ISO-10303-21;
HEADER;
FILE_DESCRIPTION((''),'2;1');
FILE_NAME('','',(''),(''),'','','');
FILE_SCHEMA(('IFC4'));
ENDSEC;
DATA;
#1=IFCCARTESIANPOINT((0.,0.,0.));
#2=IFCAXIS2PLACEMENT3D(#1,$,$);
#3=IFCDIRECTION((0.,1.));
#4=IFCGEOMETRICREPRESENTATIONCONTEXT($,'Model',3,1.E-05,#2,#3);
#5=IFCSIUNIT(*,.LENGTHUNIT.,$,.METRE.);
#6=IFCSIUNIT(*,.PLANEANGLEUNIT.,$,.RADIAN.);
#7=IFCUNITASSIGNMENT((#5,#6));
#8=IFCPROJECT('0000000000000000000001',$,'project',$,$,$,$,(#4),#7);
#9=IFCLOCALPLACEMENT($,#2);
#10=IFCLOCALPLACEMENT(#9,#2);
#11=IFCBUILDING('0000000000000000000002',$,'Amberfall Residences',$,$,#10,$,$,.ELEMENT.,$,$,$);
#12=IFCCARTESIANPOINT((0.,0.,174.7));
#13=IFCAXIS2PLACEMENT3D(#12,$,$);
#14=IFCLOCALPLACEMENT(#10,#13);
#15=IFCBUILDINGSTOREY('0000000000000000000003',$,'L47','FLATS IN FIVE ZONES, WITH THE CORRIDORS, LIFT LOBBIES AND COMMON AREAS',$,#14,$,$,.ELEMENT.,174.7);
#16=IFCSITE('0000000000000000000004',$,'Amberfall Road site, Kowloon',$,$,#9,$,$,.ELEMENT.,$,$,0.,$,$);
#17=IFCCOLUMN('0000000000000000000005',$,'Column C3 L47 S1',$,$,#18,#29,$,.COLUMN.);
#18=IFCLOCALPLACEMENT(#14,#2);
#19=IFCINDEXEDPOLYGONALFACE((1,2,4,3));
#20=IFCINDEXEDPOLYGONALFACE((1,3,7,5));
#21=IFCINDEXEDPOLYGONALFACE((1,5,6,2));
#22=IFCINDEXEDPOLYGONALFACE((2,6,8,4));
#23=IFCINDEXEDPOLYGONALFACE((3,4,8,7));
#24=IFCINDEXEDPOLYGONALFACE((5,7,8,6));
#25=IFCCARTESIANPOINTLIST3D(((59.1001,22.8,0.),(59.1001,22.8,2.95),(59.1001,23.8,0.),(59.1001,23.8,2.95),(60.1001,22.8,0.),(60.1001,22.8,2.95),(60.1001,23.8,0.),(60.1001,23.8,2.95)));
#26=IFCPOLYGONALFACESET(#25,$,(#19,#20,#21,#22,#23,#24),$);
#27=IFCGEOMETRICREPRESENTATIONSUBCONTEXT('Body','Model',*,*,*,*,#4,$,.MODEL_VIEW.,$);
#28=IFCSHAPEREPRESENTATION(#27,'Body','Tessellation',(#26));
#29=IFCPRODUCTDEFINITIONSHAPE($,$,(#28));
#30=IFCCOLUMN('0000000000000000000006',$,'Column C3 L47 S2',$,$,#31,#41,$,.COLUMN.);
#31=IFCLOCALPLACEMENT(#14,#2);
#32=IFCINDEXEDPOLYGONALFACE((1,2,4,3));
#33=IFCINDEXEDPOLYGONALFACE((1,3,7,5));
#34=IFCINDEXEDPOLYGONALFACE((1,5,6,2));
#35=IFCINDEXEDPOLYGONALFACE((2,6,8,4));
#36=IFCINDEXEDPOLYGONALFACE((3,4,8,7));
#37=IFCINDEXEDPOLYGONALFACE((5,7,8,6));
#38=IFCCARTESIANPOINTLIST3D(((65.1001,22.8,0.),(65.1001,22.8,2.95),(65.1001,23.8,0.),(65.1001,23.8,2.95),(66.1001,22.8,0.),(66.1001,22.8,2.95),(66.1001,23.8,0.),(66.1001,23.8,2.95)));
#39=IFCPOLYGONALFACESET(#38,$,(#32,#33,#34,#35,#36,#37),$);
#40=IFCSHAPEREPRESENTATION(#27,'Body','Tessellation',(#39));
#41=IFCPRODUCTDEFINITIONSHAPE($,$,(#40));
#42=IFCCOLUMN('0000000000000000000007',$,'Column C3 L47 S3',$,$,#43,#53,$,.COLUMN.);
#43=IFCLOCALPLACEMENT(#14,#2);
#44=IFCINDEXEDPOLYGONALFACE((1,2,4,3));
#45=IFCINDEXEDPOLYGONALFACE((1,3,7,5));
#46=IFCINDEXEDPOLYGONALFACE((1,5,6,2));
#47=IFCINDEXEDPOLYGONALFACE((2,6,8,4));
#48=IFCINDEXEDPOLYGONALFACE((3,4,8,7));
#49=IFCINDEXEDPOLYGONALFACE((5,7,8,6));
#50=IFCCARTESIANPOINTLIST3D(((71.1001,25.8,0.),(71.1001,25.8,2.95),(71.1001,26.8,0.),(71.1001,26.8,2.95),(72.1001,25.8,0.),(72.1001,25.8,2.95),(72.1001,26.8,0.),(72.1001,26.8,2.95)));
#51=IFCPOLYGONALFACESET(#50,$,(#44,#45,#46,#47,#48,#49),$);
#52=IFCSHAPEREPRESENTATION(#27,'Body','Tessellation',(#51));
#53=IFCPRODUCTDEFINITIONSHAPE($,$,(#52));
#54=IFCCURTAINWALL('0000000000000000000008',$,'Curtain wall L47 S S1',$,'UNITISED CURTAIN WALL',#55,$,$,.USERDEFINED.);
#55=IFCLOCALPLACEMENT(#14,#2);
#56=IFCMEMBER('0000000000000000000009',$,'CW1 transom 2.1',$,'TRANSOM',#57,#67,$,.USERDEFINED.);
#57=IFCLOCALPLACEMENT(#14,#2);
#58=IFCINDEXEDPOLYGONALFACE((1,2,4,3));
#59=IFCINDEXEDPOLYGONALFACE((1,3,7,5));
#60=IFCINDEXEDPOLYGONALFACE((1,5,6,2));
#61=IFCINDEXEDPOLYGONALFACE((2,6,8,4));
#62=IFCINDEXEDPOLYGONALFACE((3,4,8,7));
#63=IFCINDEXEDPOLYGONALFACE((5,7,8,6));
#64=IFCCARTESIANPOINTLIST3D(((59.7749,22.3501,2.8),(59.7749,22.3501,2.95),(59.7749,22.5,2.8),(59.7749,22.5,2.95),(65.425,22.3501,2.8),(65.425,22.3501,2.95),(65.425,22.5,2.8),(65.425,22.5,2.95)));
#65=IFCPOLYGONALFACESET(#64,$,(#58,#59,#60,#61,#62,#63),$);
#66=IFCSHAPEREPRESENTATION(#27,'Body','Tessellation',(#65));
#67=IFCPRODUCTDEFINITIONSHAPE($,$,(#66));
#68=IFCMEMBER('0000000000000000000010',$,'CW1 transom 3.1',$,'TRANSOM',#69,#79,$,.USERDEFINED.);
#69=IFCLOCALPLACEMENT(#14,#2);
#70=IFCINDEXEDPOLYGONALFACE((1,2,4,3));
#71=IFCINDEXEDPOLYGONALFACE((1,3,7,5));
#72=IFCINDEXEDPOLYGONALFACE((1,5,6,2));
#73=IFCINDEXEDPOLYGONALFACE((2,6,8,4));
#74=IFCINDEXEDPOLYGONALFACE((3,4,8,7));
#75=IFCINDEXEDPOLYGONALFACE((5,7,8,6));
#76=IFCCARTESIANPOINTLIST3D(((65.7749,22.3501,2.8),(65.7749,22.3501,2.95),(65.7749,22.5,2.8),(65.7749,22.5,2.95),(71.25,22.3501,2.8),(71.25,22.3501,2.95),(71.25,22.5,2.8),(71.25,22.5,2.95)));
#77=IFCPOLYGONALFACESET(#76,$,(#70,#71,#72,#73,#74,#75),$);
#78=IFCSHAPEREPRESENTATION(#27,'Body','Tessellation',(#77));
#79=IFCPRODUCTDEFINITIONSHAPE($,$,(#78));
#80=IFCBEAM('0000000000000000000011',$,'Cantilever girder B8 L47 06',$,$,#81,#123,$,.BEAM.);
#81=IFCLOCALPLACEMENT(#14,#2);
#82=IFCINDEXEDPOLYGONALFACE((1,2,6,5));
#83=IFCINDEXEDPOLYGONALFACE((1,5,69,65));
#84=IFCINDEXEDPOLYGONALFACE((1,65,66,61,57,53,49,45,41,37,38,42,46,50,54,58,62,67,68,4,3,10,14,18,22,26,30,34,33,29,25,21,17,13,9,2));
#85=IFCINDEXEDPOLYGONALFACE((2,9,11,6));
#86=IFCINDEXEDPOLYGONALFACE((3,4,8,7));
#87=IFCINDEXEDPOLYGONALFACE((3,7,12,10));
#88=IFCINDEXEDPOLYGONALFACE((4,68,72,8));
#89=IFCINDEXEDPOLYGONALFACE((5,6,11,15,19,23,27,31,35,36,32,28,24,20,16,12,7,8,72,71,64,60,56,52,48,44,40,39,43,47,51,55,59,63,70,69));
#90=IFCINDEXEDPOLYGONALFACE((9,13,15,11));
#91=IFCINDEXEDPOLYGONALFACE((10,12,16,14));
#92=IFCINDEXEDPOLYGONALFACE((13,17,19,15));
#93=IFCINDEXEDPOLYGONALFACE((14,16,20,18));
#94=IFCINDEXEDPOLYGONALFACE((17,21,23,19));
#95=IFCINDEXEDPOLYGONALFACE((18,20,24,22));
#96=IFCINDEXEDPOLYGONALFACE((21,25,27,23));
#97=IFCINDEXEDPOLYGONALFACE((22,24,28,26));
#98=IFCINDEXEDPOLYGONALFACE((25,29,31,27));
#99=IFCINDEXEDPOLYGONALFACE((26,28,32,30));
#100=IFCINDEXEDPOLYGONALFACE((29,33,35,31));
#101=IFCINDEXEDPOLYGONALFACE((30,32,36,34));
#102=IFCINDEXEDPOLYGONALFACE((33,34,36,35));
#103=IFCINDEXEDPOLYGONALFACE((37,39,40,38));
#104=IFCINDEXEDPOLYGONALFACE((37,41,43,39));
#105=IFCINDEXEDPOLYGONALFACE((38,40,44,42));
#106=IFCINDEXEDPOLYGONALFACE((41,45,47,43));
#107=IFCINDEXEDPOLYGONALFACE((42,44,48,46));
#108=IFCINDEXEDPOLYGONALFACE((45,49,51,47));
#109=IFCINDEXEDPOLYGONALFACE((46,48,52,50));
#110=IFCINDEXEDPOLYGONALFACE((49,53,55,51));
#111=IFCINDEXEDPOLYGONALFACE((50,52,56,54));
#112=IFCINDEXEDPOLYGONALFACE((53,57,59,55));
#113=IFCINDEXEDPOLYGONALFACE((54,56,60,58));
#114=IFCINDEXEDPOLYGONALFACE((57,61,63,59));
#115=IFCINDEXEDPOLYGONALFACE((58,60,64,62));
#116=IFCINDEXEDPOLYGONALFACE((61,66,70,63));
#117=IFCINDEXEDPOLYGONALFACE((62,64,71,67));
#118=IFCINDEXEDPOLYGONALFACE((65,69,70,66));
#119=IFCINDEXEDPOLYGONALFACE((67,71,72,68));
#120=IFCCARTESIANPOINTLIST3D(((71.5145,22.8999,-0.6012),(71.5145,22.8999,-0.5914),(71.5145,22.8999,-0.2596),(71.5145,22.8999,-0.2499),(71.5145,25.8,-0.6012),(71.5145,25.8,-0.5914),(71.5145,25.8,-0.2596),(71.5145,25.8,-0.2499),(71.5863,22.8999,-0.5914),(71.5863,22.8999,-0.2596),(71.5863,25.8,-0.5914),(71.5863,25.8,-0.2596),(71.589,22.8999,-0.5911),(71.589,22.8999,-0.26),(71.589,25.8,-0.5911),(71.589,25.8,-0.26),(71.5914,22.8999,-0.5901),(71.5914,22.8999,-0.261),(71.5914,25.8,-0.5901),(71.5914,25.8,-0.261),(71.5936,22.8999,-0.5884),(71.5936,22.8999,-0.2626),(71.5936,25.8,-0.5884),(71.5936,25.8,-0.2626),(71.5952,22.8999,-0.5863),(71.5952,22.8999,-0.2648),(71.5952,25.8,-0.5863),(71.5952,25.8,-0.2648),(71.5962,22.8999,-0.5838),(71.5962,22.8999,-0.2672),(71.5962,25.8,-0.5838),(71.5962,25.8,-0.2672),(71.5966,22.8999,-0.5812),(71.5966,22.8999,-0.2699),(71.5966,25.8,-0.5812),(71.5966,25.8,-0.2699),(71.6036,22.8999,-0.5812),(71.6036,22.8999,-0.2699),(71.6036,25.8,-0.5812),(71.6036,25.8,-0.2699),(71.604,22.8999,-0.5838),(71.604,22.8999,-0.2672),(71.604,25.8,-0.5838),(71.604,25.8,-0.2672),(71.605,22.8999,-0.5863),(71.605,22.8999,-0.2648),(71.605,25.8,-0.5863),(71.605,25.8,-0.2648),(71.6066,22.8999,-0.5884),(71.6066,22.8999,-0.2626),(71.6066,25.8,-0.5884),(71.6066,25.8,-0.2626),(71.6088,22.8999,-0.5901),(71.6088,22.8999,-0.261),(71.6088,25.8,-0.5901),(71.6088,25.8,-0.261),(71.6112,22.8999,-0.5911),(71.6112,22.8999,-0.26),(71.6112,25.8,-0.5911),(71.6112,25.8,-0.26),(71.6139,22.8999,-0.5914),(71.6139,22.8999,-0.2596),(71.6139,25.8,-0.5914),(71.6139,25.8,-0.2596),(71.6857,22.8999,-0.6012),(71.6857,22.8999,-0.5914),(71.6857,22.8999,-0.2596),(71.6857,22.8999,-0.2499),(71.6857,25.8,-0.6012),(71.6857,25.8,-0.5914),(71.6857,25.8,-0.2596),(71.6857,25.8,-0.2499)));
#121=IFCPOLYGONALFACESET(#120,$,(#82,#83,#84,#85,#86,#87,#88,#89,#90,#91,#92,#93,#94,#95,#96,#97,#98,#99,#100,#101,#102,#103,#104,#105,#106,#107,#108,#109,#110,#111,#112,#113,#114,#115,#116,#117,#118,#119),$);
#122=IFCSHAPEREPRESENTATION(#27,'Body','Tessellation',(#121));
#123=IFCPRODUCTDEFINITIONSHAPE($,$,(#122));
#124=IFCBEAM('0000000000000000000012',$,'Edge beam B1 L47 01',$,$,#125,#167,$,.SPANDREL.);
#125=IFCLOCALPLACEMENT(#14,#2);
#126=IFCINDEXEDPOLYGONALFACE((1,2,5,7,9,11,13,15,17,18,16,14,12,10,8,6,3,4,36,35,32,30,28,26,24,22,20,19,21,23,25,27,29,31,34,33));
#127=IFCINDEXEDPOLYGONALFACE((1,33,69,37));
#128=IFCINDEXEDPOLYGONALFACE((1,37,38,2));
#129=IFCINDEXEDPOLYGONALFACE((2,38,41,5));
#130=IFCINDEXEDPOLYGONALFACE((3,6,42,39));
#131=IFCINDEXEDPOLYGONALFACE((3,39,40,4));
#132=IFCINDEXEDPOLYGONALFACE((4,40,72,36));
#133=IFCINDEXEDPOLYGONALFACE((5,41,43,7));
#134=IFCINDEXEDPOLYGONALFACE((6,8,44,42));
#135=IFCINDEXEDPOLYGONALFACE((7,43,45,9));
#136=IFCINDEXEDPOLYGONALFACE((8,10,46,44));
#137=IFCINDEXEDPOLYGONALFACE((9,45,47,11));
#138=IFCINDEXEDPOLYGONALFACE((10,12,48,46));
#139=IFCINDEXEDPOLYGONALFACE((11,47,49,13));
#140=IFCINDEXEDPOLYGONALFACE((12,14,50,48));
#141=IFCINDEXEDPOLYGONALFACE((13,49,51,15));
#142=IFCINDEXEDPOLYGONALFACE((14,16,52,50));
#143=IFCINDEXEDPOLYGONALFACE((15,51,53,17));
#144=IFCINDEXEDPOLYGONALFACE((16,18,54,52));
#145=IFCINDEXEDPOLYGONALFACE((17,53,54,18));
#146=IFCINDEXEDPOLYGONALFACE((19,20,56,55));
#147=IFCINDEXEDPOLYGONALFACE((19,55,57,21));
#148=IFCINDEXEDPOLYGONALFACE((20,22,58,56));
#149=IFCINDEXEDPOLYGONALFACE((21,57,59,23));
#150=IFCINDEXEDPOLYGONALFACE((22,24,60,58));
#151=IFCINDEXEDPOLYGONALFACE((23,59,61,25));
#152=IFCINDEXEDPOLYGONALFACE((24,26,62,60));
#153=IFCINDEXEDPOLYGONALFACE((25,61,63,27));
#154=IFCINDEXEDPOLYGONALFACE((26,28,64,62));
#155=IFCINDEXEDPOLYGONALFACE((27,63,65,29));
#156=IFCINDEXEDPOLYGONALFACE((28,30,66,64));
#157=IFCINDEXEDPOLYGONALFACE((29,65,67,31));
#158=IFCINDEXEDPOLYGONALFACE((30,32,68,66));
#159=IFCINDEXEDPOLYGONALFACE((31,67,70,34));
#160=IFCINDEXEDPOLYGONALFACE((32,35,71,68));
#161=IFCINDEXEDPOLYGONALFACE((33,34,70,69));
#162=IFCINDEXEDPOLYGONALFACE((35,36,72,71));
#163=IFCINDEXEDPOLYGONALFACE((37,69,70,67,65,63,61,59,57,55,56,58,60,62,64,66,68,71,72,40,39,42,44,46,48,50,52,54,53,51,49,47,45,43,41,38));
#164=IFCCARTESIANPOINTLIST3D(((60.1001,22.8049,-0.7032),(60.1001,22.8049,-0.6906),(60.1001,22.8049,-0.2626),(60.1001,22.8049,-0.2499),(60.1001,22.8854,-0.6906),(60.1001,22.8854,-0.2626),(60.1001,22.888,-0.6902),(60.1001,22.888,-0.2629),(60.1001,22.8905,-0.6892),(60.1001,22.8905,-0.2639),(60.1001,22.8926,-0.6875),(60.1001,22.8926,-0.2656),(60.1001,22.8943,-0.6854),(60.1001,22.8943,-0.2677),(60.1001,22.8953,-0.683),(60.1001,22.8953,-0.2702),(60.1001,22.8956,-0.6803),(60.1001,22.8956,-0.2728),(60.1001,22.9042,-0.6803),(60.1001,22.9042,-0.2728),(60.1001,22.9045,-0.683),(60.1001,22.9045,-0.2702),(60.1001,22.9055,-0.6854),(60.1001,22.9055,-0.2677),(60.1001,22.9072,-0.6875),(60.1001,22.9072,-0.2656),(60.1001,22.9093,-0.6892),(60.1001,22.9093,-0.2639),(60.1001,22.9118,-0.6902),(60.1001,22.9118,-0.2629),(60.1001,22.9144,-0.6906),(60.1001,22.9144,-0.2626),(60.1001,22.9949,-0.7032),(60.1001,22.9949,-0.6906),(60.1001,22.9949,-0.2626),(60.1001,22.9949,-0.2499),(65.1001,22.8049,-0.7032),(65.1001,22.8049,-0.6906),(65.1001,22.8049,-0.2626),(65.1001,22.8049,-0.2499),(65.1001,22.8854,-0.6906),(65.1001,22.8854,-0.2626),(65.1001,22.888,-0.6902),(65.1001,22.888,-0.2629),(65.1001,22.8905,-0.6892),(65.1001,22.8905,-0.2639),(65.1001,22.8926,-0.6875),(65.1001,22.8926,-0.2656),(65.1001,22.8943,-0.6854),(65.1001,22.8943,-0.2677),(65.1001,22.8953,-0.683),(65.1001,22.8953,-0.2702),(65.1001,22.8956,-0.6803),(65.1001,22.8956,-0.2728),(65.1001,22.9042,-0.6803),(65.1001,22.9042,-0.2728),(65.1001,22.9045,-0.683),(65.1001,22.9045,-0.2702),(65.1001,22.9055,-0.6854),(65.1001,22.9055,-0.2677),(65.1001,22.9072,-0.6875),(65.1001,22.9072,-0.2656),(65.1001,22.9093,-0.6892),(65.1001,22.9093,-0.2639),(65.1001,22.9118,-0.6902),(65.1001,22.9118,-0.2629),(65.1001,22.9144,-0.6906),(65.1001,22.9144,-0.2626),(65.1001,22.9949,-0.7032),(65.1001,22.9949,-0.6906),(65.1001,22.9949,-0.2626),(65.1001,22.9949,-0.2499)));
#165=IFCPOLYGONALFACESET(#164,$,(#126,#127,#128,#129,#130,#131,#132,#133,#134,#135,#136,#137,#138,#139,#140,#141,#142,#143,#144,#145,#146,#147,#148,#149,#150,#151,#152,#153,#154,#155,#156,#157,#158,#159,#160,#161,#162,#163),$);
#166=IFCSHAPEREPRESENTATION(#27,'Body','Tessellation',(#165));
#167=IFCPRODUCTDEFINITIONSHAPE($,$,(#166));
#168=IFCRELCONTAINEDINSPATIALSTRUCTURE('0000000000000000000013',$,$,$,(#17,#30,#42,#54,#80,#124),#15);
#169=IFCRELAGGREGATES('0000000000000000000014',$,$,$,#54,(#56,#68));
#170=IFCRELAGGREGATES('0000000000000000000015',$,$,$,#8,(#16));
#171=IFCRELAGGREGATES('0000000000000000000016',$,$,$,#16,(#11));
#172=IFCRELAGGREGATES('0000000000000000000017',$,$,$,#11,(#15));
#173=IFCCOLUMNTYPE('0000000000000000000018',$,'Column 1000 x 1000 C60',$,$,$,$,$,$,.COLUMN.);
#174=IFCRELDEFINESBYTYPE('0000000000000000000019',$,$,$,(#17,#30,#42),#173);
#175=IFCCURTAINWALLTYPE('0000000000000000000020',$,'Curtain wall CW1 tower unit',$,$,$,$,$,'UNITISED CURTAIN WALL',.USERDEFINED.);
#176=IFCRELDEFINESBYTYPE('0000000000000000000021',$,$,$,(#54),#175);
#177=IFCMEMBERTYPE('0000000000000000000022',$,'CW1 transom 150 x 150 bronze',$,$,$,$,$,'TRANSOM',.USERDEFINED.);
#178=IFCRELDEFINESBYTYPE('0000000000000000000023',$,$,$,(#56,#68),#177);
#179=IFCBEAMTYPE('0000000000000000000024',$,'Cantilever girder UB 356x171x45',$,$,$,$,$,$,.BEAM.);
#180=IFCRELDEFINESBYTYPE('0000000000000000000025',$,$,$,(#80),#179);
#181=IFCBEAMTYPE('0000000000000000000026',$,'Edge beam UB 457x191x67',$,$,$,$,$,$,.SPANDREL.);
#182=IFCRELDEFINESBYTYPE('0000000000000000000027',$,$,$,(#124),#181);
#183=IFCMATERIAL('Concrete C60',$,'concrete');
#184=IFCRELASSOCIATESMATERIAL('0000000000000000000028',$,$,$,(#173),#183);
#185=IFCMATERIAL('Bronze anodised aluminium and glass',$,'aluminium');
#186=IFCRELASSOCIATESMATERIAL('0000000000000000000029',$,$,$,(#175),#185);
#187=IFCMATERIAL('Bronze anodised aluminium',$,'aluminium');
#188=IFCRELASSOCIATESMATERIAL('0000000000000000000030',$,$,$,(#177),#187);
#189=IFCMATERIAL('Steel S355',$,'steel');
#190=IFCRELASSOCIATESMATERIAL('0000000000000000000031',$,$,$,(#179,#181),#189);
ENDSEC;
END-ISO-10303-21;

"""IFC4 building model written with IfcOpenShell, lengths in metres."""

from ifc_helpers import new_model, si_unit, direction, frame, origin, origin_2d, place, context, subcontext, project, spatial, rectangle, i_section, extrude, material, material_profile, profile_set, type_object, element, aggregate, save


model = new_model("IFC4")

# Units and contexts
model_context = context("Model", 3, precision=1e-05, world=origin(), true_north=direction((0.0, 1.0)))
body_context = subcontext(model_context, "Body", "Model", "MODEL_VIEW")
ifc_project = project(units=[si_unit("LENGTHUNIT", "METRE"), si_unit("PLANEANGLEUNIT", "RADIAN")], contexts=[model_context])

# Site, building, storey
site_placement = place(None, origin())
site = spatial("IfcSite", under=ifc_project, at=site_placement, Name="Amberfall Road site, Kowloon", CompositionType="ELEMENT", RefElevation=0.0)
building_placement = place(site_placement, origin())
building = spatial("IfcBuilding", under=site, at=building_placement, Name="Amberfall Residences", CompositionType="ELEMENT")
storey_placement = place(building_placement, frame((0.0, 0.0, 174.7)))
storey = spatial("IfcBuildingStorey", under=building, at=storey_placement, Name="L47", Description="FLATS IN FIVE ZONES, WITH THE CORRIDORS, LIFT LOBBIES AND COMMON AREAS", CompositionType="ELEMENT", Elevation=174.7)

# Columns
ifc_material_1 = material(Name="Concrete C60", Category="concrete")
ifc_material_profile_1 = material_profile(ifc_material_1, rectangle(XDim=1.0, YDim=1.0, at=origin_2d()), Name="Column 1000 x 1000 C60")
ifc_profile_set_1 = profile_set([ifc_material_profile_1], Name="Concrete C60")
column_type = type_object("IfcColumnType", Name="Column 1000 x 1000 C60", PredefinedType="COLUMN", material=ifc_profile_set_1)
for number, where, z_axis, x_axis, name in (
    (1, (59.6001, 23.3, 0.0), (0.0, 0.0, 1.0), (1.0, 0.0, 0.0), "Column C3 L47 S1"),
    (2, (65.6001, 23.3, 0.0), (0.0, 0.0, 1.0), (1.0, 0.0, 0.0), "Column C3 L47 S2"),
    (3, (71.6001, 26.3, 0.0), (0.0, 0.0, 1.0), (1.0, 0.0, 0.0), "Column C3 L47 S3"),
):
    element("IfcColumn", number, at=place(storey_placement, frame(where, z_axis=z_axis, x_axis=x_axis)), inside=storey, type_object=column_type, Name=name, PredefinedType="COLUMN", context=body_context, shape_type="SweptSolid", body=[
        extrude(rectangle(XDim=1.0, YDim=1.0, at=origin_2d()), origin(), (0.0, 0.0, 1.0), 2.95),
    ])

# Curtain wall, members
ifc_material_2 = material(Name="Bronze anodised aluminium and glass", Category="aluminium")
curtain_wall_type = type_object("IfcCurtainWallType", Name="Curtain wall CW1 tower unit", ElementType="UNITISED CURTAIN WALL", PredefinedType="USERDEFINED", material=ifc_material_2)
curtain_wall_placement = place(storey_placement, origin())
curtain_wall = element("IfcCurtainWall", 4, at=curtain_wall_placement, inside=storey, type_object=curtain_wall_type, Name="Curtain wall L47 S S1", ObjectType="UNITISED CURTAIN WALL", PredefinedType="USERDEFINED")
ifc_material_3 = material(Name="Bronze anodised aluminium", Category="aluminium")
ifc_material_profile_2 = material_profile(ifc_material_3, rectangle(XDim=0.1499, YDim=0.1499, at=origin_2d()), Name="CW1 transom 150 x 150 bronze")
ifc_profile_set_2 = profile_set([ifc_material_profile_2], Name="Bronze anodised aluminium")
member_type_1 = type_object("IfcMemberType", Name="CW1 transom 150 x 150 bronze", ElementType="TRANSOM", PredefinedType="USERDEFINED", material=ifc_profile_set_2)
member_1_placement = place(storey_placement, frame((59.7749, 22.425, 2.875), z_axis=(1.0, 0.0, 0.0), x_axis=(0.0, 1.0, 0.0)))
member_1 = element("IfcMember", 5, at=member_1_placement, type_object=member_type_1, Name="CW1 transom 2.1", ObjectType="TRANSOM", PredefinedType="USERDEFINED", context=body_context, shape_type="SweptSolid", body=[
    extrude(rectangle(XDim=0.1499, YDim=0.1499, at=origin_2d()), origin(), (0.0, 0.0, 1.0), 5.6501),
])
member_2_placement = place(storey_placement, frame((65.7749, 22.425, 2.875), z_axis=(1.0, 0.0, 0.0), x_axis=(0.0, 1.0, 0.0)))
member_2 = element("IfcMember", 6, at=member_2_placement, type_object=member_type_1, Name="CW1 transom 3.1", ObjectType="TRANSOM", PredefinedType="USERDEFINED", context=body_context, shape_type="SweptSolid", body=[
    extrude(rectangle(XDim=0.1499, YDim=0.1499, at=origin_2d()), origin(), (0.0, 0.0, 1.0), 5.4751),
])

# Beams
ifc_material_4 = material(Name="Steel S355", Category="steel")
ifc_material_profile_3 = material_profile(ifc_material_4, i_section(OverallWidth=0.1711, OverallDepth=0.3513, WebThickness=0.0071, FlangeThickness=0.0098, FilletRadius=0.0103, at=origin_2d()), Name="UB 356x171x45")
ifc_profile_set_3 = profile_set([ifc_material_profile_3], Name="Steel S355")
beam_type_1 = type_object("IfcBeamType", Name="Cantilever girder UB 356x171x45", PredefinedType="BEAM", material=ifc_profile_set_3)
beam_1_placement = place(storey_placement, frame((71.6001, 25.8, -0.4255), z_axis=(0.0, -1.0, 0.0), x_axis=(1.0, 0.0, 0.0)))
element("IfcBeam", 7, at=beam_1_placement, inside=storey, type_object=beam_type_1, Name="Cantilever girder B8 L47 06", PredefinedType="BEAM", context=body_context, shape_type="SweptSolid", body=[
    extrude(i_section(OverallWidth=0.1711, OverallDepth=0.3513, WebThickness=0.0071, FlangeThickness=0.0098, FilletRadius=0.0103, at=origin_2d()), origin(), (0.0, 0.0, 1.0), 2.9001),
])
ifc_material_profile_4 = material_profile(ifc_material_4, i_section(OverallWidth=0.1899, OverallDepth=0.4534, WebThickness=0.0085, FlangeThickness=0.0127, FilletRadius=0.0103, at=origin_2d()), Name="UB 457x191x67")
ifc_profile_set_4 = profile_set([ifc_material_profile_4], Name="Steel S355")
beam_type_2 = type_object("IfcBeamType", Name="Edge beam UB 457x191x67", PredefinedType="SPANDREL", material=ifc_profile_set_4)
beam_2_placement = place(storey_placement, frame((60.1001, 22.8999, -0.4766), z_axis=(1.0, 0.0, 0.0), x_axis=(0.0, 1.0, 0.0)))
element("IfcBeam", 8, at=beam_2_placement, inside=storey, type_object=beam_type_2, Name="Edge beam B1 L47 01", PredefinedType="SPANDREL", context=body_context, shape_type="SweptSolid", body=[
    extrude(i_section(OverallWidth=0.1899, OverallDepth=0.4534, WebThickness=0.0085, FlangeThickness=0.0127, FilletRadius=0.0103, at=origin_2d()), origin(), (0.0, 0.0, 1.0), 5.0),
])

aggregate(curtain_wall, [member_1, member_2])

save(model, "model.ifc")
